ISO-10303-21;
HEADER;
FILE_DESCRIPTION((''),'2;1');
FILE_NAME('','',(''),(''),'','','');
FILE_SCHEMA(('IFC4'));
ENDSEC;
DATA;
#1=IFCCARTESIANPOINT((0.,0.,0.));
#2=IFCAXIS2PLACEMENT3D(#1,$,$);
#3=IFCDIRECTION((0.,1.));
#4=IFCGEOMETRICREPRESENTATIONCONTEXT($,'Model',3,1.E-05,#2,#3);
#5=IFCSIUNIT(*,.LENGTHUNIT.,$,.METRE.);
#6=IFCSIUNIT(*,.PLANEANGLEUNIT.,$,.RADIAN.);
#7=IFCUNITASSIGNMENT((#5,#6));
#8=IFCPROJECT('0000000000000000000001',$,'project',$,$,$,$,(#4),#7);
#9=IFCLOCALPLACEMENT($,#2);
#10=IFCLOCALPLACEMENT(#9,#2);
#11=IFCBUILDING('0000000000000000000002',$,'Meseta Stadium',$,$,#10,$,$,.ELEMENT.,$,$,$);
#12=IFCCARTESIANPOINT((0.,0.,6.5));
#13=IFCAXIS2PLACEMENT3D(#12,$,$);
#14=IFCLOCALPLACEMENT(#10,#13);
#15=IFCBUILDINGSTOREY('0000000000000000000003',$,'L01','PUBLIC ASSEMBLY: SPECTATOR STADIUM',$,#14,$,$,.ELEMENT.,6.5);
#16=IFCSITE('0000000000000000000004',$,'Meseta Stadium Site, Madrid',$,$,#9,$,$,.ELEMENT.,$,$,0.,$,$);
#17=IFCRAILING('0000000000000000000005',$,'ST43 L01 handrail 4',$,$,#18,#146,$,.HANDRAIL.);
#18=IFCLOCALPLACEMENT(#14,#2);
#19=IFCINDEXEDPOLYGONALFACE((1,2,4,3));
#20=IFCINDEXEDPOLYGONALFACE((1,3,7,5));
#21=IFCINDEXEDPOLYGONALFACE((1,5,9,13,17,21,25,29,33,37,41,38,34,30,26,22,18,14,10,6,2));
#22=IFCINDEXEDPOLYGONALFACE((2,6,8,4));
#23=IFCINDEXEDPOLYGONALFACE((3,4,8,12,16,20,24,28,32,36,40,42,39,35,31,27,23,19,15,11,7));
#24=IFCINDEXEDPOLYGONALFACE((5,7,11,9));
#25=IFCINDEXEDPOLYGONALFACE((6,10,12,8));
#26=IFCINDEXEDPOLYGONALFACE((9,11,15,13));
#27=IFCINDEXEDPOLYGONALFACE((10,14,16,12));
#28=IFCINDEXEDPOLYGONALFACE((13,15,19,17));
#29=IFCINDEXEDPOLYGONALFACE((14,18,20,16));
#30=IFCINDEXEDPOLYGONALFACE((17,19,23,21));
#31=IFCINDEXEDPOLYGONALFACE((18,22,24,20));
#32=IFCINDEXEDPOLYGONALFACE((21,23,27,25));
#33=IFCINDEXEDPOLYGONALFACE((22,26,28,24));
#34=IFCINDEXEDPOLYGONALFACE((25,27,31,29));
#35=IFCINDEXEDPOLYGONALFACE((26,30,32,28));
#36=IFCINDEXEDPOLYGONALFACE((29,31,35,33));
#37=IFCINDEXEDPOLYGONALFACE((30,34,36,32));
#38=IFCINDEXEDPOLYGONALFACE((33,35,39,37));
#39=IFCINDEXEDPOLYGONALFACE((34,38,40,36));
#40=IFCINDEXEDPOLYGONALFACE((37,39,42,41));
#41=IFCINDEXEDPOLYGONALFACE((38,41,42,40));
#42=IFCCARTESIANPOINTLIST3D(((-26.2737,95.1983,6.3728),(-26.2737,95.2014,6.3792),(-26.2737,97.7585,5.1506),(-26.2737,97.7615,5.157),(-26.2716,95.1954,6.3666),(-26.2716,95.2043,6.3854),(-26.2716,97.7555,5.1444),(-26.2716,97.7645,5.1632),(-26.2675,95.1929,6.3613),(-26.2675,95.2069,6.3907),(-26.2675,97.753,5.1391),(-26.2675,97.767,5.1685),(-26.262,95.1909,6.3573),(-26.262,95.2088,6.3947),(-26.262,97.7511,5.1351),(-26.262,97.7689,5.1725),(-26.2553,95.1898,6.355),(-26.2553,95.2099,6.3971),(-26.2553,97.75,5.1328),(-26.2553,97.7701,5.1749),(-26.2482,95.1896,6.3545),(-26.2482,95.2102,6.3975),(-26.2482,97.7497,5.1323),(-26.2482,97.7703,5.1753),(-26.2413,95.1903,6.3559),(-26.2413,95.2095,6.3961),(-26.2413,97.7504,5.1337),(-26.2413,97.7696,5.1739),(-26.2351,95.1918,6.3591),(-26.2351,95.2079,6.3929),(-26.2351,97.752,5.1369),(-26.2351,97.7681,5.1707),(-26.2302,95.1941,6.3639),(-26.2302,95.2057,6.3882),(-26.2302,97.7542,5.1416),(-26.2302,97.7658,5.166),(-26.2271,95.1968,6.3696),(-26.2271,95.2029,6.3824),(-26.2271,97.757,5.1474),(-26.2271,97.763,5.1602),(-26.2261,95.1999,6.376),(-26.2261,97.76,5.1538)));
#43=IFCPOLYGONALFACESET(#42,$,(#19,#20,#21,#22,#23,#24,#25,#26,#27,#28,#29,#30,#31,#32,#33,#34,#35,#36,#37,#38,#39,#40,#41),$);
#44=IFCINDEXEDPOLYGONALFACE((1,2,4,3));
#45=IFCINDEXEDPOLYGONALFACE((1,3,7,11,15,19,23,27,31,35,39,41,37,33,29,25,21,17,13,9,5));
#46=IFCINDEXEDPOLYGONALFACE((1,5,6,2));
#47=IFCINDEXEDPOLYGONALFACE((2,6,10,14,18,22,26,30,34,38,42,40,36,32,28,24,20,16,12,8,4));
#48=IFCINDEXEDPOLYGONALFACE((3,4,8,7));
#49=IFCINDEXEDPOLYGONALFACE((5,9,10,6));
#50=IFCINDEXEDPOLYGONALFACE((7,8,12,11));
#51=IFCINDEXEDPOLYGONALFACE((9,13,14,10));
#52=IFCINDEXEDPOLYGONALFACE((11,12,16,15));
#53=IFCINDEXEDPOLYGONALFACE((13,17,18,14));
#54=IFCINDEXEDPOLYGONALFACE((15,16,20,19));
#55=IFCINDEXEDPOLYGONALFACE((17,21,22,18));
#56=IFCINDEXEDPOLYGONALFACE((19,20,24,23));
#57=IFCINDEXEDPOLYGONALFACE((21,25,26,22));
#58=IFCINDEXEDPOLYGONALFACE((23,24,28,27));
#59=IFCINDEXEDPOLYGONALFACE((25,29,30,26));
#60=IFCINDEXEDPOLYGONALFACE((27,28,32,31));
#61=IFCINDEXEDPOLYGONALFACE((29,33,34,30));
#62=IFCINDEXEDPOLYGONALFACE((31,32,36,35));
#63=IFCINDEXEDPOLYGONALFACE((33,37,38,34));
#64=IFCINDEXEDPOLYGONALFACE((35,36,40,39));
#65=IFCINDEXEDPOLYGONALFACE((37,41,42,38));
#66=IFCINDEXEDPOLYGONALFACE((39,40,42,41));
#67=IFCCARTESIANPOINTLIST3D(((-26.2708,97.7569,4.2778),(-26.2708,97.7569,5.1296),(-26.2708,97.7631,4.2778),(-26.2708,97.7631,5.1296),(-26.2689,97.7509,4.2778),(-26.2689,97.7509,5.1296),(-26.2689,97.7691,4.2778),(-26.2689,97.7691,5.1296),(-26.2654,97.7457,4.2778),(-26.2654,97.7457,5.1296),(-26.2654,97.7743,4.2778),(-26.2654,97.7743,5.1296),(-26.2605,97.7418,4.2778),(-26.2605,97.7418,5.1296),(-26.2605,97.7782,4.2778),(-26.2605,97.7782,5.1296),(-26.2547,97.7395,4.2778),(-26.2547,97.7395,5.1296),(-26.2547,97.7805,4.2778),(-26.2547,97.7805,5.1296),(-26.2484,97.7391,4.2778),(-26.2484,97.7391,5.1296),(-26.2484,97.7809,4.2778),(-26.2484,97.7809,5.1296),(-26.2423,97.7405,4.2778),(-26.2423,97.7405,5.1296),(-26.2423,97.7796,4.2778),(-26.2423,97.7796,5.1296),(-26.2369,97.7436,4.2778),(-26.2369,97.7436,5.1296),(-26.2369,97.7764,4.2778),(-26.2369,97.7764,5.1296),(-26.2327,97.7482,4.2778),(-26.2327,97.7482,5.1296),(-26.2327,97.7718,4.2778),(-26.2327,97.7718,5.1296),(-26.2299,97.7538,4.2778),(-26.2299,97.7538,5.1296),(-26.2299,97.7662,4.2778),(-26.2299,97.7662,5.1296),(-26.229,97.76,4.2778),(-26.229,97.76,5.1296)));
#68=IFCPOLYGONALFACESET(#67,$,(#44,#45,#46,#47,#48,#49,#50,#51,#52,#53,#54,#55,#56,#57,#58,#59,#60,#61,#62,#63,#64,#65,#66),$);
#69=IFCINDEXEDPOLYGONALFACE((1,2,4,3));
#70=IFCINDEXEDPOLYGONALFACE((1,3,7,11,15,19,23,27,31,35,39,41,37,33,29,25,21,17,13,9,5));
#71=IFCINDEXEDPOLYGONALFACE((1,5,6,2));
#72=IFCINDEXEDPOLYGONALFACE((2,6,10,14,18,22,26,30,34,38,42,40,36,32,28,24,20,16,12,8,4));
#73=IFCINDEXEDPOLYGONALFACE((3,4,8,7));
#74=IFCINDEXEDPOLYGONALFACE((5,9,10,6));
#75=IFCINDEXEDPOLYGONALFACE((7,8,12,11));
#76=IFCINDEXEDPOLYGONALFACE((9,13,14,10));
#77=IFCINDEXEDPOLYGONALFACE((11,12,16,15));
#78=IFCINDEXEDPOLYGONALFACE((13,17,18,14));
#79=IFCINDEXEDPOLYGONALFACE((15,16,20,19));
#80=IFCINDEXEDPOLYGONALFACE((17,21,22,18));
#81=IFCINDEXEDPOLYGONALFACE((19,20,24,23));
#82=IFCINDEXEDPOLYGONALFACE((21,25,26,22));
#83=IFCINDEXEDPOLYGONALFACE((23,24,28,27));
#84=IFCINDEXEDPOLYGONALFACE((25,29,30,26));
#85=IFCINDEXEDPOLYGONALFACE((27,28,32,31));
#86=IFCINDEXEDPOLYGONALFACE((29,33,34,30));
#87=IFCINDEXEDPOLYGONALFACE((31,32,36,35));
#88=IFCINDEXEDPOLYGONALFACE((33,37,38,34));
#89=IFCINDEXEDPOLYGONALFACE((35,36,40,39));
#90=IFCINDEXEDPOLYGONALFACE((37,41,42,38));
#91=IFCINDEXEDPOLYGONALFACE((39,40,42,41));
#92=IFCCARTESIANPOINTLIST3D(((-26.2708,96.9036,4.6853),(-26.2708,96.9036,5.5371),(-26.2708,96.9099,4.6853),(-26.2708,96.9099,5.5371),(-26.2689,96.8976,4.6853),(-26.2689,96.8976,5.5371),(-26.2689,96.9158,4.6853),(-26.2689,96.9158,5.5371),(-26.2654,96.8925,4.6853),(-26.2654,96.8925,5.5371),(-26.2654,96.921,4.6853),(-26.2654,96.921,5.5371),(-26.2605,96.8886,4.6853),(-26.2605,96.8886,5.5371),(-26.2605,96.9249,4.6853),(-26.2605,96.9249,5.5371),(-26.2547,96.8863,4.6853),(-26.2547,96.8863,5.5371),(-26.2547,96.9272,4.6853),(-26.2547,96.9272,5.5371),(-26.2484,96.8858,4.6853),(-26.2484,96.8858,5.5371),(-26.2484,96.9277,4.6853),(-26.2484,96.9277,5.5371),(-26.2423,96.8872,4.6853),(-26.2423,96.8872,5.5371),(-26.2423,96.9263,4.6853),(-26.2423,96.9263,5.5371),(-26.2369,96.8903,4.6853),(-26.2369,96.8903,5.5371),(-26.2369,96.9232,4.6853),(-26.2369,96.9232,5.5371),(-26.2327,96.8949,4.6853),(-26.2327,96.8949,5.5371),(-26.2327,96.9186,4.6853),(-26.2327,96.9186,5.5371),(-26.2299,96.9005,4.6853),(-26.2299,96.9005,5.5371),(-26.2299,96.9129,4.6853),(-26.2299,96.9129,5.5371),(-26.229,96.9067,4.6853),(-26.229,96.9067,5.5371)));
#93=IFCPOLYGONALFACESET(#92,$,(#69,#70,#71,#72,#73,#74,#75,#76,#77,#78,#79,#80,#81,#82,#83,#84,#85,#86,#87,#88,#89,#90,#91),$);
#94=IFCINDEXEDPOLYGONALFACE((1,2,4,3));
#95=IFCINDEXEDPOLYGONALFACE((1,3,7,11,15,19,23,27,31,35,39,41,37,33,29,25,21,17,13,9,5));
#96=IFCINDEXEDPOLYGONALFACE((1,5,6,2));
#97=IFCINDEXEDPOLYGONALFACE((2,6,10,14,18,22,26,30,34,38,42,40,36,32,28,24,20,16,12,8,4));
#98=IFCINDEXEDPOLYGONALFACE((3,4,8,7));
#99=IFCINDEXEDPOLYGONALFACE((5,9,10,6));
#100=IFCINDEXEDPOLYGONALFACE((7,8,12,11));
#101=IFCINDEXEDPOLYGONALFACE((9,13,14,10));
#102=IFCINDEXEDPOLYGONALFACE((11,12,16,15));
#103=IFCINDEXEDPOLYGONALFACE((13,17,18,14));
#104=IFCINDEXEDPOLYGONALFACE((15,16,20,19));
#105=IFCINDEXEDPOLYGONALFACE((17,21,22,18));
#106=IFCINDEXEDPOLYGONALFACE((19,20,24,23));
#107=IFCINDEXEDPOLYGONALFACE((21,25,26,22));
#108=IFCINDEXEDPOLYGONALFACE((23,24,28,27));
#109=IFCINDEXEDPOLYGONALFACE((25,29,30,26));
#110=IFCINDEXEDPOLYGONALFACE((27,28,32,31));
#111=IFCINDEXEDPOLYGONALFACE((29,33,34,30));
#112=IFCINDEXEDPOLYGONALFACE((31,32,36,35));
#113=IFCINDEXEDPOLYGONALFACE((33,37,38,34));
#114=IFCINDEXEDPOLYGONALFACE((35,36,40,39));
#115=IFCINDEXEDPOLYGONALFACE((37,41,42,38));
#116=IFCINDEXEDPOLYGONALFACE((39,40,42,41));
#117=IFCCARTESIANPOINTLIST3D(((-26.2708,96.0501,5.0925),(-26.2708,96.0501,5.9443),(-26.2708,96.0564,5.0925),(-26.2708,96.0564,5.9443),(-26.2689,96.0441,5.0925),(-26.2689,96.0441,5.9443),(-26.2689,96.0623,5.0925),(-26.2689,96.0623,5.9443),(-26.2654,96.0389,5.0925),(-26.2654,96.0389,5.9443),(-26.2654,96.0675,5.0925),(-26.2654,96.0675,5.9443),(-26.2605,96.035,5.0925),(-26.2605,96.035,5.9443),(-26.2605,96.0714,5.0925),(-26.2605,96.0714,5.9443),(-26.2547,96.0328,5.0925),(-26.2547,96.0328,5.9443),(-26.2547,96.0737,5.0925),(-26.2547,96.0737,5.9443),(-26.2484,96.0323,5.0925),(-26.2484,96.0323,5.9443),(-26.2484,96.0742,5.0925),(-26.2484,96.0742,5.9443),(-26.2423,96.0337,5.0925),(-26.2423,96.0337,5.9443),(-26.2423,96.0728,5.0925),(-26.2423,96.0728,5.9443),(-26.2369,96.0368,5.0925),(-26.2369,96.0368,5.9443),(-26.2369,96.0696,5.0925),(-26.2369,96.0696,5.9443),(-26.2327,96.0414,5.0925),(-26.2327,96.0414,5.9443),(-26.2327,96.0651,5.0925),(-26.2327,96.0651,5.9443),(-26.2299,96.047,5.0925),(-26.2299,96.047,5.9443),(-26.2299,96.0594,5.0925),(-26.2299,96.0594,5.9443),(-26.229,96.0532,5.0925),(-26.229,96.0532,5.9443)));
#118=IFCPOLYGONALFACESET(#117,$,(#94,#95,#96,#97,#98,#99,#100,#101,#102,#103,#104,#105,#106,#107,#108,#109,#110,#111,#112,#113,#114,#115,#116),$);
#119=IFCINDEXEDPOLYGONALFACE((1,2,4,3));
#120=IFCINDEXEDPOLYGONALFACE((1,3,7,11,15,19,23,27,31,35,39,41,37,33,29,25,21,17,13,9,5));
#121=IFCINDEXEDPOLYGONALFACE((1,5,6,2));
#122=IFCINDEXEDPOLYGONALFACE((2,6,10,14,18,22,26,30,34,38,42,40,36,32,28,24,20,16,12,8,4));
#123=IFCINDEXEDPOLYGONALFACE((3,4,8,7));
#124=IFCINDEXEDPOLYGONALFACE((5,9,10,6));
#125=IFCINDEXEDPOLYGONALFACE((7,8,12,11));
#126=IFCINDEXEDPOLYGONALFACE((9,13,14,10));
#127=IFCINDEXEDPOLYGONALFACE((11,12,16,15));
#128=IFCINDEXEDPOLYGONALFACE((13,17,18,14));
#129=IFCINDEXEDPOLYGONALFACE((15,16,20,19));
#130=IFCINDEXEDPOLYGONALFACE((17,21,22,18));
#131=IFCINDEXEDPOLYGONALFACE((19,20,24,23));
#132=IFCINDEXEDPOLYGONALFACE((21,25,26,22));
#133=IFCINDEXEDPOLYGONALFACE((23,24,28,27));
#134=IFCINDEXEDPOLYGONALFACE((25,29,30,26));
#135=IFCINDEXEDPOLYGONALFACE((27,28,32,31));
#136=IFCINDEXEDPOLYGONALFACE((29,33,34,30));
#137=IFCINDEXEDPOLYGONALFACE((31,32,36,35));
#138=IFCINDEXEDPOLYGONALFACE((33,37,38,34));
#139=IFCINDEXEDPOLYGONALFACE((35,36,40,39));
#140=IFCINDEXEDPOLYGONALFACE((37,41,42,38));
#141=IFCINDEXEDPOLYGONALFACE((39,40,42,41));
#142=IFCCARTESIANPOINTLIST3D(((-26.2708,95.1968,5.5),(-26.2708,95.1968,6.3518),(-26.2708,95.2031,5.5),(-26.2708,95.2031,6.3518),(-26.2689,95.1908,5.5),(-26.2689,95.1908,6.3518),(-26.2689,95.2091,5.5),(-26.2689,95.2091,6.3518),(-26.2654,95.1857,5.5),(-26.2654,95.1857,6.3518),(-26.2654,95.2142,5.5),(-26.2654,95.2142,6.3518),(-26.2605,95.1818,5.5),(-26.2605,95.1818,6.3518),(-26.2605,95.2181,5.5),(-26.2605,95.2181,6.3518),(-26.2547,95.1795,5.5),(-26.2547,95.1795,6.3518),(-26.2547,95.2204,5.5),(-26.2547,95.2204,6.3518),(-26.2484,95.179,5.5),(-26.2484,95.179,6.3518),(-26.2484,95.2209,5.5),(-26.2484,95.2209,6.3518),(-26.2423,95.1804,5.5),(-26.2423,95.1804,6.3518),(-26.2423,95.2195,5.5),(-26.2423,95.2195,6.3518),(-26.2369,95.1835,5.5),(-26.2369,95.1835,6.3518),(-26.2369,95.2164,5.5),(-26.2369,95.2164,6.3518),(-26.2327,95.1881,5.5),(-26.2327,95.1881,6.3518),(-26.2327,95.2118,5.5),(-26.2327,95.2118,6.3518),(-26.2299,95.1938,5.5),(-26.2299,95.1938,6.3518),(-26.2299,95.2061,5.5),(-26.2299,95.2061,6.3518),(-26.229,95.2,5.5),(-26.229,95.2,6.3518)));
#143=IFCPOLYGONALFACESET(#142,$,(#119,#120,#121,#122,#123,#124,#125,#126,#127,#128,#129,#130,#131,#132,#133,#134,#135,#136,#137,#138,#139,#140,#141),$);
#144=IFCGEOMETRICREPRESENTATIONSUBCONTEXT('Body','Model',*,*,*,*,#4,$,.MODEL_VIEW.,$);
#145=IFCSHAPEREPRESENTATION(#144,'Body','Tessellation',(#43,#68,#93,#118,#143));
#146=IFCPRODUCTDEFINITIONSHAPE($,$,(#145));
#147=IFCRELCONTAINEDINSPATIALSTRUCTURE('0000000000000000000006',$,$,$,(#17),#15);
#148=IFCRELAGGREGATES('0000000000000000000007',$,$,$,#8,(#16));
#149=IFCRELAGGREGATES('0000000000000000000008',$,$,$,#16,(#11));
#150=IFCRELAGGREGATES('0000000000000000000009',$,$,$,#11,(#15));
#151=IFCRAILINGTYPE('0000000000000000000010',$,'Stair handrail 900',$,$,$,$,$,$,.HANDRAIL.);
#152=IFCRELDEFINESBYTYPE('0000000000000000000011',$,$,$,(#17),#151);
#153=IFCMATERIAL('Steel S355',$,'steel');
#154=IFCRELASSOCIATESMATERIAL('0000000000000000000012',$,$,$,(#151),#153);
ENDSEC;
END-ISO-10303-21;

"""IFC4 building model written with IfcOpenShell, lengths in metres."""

from ifc_helpers import new_model, si_unit, direction, frame, origin, origin_2d, place, context, subcontext, project, spatial, circle, extrude, material, type_object, element, save


model = new_model("IFC4")

# Units and contexts
model_context = context("Model", 3, precision=1e-05, world=origin(), true_north=direction((0.0, 1.0)))
body_context = subcontext(model_context, "Body", "Model", "MODEL_VIEW")
ifc_project = project(units=[si_unit("LENGTHUNIT", "METRE"), si_unit("PLANEANGLEUNIT", "RADIAN")], contexts=[model_context])

# Site, building, storey
site_placement = place(None, origin())
site = spatial("IfcSite", under=ifc_project, at=site_placement, Name="Meseta Stadium Site, Madrid", CompositionType="ELEMENT", RefElevation=0.0)
building_placement = place(site_placement, origin())
building = spatial("IfcBuilding", under=site, at=building_placement, Name="Meseta Stadium", CompositionType="ELEMENT")
storey_placement = place(building_placement, frame((0.0, 0.0, 6.5)))
storey = spatial("IfcBuildingStorey", under=building, at=storey_placement, Name="L01", Description="PUBLIC ASSEMBLY: SPECTATOR STADIUM", CompositionType="ELEMENT", Elevation=6.5)

# Railing
ifc_material_1 = material(Name="Steel S355", Category="steel")
railing_type_1 = type_object("IfcRailingType", Name="Stair handrail 900", PredefinedType="HANDRAIL", material=ifc_material_1)
for number, where, name in (
    (1, (-26.25, 97.76, 4.2778), "ST43 L01 handrail 4"),
):
    element("IfcRailing", number, at=place(storey_placement, frame(where)), inside=storey, type_object=railing_type_1, Name=name, PredefinedType="HANDRAIL", context=body_context, shape_type="SweptSolid", body=[
        extrude(circle(Radius=0.0239, at=origin_2d()), frame((0.0, 0.0, 0.876), z_axis=(0.0, -0.902437, 0.430822), x_axis=(1.0, 0.0, 0.0)), (0.0, 0.0, 1.0), 2.8369),
        extrude(circle(Radius=0.021, at=origin_2d()), origin(), (0.0, 0.0, 1.0), 0.8518),
        extrude(circle(Radius=0.021, at=origin_2d()), frame((0.0, -0.8533, 0.4075)), (0.0, 0.0, 1.0), 0.8518),
        extrude(circle(Radius=0.021, at=origin_2d()), frame((0.0, -1.7068, 0.8147)), (0.0, 0.0, 1.0), 0.8518),
        extrude(circle(Radius=0.021, at=origin_2d()), frame((0.0, -2.5601, 1.2222)), (0.0, 0.0, 1.0), 0.8518),
    ])

save(model, "model.ifc")
